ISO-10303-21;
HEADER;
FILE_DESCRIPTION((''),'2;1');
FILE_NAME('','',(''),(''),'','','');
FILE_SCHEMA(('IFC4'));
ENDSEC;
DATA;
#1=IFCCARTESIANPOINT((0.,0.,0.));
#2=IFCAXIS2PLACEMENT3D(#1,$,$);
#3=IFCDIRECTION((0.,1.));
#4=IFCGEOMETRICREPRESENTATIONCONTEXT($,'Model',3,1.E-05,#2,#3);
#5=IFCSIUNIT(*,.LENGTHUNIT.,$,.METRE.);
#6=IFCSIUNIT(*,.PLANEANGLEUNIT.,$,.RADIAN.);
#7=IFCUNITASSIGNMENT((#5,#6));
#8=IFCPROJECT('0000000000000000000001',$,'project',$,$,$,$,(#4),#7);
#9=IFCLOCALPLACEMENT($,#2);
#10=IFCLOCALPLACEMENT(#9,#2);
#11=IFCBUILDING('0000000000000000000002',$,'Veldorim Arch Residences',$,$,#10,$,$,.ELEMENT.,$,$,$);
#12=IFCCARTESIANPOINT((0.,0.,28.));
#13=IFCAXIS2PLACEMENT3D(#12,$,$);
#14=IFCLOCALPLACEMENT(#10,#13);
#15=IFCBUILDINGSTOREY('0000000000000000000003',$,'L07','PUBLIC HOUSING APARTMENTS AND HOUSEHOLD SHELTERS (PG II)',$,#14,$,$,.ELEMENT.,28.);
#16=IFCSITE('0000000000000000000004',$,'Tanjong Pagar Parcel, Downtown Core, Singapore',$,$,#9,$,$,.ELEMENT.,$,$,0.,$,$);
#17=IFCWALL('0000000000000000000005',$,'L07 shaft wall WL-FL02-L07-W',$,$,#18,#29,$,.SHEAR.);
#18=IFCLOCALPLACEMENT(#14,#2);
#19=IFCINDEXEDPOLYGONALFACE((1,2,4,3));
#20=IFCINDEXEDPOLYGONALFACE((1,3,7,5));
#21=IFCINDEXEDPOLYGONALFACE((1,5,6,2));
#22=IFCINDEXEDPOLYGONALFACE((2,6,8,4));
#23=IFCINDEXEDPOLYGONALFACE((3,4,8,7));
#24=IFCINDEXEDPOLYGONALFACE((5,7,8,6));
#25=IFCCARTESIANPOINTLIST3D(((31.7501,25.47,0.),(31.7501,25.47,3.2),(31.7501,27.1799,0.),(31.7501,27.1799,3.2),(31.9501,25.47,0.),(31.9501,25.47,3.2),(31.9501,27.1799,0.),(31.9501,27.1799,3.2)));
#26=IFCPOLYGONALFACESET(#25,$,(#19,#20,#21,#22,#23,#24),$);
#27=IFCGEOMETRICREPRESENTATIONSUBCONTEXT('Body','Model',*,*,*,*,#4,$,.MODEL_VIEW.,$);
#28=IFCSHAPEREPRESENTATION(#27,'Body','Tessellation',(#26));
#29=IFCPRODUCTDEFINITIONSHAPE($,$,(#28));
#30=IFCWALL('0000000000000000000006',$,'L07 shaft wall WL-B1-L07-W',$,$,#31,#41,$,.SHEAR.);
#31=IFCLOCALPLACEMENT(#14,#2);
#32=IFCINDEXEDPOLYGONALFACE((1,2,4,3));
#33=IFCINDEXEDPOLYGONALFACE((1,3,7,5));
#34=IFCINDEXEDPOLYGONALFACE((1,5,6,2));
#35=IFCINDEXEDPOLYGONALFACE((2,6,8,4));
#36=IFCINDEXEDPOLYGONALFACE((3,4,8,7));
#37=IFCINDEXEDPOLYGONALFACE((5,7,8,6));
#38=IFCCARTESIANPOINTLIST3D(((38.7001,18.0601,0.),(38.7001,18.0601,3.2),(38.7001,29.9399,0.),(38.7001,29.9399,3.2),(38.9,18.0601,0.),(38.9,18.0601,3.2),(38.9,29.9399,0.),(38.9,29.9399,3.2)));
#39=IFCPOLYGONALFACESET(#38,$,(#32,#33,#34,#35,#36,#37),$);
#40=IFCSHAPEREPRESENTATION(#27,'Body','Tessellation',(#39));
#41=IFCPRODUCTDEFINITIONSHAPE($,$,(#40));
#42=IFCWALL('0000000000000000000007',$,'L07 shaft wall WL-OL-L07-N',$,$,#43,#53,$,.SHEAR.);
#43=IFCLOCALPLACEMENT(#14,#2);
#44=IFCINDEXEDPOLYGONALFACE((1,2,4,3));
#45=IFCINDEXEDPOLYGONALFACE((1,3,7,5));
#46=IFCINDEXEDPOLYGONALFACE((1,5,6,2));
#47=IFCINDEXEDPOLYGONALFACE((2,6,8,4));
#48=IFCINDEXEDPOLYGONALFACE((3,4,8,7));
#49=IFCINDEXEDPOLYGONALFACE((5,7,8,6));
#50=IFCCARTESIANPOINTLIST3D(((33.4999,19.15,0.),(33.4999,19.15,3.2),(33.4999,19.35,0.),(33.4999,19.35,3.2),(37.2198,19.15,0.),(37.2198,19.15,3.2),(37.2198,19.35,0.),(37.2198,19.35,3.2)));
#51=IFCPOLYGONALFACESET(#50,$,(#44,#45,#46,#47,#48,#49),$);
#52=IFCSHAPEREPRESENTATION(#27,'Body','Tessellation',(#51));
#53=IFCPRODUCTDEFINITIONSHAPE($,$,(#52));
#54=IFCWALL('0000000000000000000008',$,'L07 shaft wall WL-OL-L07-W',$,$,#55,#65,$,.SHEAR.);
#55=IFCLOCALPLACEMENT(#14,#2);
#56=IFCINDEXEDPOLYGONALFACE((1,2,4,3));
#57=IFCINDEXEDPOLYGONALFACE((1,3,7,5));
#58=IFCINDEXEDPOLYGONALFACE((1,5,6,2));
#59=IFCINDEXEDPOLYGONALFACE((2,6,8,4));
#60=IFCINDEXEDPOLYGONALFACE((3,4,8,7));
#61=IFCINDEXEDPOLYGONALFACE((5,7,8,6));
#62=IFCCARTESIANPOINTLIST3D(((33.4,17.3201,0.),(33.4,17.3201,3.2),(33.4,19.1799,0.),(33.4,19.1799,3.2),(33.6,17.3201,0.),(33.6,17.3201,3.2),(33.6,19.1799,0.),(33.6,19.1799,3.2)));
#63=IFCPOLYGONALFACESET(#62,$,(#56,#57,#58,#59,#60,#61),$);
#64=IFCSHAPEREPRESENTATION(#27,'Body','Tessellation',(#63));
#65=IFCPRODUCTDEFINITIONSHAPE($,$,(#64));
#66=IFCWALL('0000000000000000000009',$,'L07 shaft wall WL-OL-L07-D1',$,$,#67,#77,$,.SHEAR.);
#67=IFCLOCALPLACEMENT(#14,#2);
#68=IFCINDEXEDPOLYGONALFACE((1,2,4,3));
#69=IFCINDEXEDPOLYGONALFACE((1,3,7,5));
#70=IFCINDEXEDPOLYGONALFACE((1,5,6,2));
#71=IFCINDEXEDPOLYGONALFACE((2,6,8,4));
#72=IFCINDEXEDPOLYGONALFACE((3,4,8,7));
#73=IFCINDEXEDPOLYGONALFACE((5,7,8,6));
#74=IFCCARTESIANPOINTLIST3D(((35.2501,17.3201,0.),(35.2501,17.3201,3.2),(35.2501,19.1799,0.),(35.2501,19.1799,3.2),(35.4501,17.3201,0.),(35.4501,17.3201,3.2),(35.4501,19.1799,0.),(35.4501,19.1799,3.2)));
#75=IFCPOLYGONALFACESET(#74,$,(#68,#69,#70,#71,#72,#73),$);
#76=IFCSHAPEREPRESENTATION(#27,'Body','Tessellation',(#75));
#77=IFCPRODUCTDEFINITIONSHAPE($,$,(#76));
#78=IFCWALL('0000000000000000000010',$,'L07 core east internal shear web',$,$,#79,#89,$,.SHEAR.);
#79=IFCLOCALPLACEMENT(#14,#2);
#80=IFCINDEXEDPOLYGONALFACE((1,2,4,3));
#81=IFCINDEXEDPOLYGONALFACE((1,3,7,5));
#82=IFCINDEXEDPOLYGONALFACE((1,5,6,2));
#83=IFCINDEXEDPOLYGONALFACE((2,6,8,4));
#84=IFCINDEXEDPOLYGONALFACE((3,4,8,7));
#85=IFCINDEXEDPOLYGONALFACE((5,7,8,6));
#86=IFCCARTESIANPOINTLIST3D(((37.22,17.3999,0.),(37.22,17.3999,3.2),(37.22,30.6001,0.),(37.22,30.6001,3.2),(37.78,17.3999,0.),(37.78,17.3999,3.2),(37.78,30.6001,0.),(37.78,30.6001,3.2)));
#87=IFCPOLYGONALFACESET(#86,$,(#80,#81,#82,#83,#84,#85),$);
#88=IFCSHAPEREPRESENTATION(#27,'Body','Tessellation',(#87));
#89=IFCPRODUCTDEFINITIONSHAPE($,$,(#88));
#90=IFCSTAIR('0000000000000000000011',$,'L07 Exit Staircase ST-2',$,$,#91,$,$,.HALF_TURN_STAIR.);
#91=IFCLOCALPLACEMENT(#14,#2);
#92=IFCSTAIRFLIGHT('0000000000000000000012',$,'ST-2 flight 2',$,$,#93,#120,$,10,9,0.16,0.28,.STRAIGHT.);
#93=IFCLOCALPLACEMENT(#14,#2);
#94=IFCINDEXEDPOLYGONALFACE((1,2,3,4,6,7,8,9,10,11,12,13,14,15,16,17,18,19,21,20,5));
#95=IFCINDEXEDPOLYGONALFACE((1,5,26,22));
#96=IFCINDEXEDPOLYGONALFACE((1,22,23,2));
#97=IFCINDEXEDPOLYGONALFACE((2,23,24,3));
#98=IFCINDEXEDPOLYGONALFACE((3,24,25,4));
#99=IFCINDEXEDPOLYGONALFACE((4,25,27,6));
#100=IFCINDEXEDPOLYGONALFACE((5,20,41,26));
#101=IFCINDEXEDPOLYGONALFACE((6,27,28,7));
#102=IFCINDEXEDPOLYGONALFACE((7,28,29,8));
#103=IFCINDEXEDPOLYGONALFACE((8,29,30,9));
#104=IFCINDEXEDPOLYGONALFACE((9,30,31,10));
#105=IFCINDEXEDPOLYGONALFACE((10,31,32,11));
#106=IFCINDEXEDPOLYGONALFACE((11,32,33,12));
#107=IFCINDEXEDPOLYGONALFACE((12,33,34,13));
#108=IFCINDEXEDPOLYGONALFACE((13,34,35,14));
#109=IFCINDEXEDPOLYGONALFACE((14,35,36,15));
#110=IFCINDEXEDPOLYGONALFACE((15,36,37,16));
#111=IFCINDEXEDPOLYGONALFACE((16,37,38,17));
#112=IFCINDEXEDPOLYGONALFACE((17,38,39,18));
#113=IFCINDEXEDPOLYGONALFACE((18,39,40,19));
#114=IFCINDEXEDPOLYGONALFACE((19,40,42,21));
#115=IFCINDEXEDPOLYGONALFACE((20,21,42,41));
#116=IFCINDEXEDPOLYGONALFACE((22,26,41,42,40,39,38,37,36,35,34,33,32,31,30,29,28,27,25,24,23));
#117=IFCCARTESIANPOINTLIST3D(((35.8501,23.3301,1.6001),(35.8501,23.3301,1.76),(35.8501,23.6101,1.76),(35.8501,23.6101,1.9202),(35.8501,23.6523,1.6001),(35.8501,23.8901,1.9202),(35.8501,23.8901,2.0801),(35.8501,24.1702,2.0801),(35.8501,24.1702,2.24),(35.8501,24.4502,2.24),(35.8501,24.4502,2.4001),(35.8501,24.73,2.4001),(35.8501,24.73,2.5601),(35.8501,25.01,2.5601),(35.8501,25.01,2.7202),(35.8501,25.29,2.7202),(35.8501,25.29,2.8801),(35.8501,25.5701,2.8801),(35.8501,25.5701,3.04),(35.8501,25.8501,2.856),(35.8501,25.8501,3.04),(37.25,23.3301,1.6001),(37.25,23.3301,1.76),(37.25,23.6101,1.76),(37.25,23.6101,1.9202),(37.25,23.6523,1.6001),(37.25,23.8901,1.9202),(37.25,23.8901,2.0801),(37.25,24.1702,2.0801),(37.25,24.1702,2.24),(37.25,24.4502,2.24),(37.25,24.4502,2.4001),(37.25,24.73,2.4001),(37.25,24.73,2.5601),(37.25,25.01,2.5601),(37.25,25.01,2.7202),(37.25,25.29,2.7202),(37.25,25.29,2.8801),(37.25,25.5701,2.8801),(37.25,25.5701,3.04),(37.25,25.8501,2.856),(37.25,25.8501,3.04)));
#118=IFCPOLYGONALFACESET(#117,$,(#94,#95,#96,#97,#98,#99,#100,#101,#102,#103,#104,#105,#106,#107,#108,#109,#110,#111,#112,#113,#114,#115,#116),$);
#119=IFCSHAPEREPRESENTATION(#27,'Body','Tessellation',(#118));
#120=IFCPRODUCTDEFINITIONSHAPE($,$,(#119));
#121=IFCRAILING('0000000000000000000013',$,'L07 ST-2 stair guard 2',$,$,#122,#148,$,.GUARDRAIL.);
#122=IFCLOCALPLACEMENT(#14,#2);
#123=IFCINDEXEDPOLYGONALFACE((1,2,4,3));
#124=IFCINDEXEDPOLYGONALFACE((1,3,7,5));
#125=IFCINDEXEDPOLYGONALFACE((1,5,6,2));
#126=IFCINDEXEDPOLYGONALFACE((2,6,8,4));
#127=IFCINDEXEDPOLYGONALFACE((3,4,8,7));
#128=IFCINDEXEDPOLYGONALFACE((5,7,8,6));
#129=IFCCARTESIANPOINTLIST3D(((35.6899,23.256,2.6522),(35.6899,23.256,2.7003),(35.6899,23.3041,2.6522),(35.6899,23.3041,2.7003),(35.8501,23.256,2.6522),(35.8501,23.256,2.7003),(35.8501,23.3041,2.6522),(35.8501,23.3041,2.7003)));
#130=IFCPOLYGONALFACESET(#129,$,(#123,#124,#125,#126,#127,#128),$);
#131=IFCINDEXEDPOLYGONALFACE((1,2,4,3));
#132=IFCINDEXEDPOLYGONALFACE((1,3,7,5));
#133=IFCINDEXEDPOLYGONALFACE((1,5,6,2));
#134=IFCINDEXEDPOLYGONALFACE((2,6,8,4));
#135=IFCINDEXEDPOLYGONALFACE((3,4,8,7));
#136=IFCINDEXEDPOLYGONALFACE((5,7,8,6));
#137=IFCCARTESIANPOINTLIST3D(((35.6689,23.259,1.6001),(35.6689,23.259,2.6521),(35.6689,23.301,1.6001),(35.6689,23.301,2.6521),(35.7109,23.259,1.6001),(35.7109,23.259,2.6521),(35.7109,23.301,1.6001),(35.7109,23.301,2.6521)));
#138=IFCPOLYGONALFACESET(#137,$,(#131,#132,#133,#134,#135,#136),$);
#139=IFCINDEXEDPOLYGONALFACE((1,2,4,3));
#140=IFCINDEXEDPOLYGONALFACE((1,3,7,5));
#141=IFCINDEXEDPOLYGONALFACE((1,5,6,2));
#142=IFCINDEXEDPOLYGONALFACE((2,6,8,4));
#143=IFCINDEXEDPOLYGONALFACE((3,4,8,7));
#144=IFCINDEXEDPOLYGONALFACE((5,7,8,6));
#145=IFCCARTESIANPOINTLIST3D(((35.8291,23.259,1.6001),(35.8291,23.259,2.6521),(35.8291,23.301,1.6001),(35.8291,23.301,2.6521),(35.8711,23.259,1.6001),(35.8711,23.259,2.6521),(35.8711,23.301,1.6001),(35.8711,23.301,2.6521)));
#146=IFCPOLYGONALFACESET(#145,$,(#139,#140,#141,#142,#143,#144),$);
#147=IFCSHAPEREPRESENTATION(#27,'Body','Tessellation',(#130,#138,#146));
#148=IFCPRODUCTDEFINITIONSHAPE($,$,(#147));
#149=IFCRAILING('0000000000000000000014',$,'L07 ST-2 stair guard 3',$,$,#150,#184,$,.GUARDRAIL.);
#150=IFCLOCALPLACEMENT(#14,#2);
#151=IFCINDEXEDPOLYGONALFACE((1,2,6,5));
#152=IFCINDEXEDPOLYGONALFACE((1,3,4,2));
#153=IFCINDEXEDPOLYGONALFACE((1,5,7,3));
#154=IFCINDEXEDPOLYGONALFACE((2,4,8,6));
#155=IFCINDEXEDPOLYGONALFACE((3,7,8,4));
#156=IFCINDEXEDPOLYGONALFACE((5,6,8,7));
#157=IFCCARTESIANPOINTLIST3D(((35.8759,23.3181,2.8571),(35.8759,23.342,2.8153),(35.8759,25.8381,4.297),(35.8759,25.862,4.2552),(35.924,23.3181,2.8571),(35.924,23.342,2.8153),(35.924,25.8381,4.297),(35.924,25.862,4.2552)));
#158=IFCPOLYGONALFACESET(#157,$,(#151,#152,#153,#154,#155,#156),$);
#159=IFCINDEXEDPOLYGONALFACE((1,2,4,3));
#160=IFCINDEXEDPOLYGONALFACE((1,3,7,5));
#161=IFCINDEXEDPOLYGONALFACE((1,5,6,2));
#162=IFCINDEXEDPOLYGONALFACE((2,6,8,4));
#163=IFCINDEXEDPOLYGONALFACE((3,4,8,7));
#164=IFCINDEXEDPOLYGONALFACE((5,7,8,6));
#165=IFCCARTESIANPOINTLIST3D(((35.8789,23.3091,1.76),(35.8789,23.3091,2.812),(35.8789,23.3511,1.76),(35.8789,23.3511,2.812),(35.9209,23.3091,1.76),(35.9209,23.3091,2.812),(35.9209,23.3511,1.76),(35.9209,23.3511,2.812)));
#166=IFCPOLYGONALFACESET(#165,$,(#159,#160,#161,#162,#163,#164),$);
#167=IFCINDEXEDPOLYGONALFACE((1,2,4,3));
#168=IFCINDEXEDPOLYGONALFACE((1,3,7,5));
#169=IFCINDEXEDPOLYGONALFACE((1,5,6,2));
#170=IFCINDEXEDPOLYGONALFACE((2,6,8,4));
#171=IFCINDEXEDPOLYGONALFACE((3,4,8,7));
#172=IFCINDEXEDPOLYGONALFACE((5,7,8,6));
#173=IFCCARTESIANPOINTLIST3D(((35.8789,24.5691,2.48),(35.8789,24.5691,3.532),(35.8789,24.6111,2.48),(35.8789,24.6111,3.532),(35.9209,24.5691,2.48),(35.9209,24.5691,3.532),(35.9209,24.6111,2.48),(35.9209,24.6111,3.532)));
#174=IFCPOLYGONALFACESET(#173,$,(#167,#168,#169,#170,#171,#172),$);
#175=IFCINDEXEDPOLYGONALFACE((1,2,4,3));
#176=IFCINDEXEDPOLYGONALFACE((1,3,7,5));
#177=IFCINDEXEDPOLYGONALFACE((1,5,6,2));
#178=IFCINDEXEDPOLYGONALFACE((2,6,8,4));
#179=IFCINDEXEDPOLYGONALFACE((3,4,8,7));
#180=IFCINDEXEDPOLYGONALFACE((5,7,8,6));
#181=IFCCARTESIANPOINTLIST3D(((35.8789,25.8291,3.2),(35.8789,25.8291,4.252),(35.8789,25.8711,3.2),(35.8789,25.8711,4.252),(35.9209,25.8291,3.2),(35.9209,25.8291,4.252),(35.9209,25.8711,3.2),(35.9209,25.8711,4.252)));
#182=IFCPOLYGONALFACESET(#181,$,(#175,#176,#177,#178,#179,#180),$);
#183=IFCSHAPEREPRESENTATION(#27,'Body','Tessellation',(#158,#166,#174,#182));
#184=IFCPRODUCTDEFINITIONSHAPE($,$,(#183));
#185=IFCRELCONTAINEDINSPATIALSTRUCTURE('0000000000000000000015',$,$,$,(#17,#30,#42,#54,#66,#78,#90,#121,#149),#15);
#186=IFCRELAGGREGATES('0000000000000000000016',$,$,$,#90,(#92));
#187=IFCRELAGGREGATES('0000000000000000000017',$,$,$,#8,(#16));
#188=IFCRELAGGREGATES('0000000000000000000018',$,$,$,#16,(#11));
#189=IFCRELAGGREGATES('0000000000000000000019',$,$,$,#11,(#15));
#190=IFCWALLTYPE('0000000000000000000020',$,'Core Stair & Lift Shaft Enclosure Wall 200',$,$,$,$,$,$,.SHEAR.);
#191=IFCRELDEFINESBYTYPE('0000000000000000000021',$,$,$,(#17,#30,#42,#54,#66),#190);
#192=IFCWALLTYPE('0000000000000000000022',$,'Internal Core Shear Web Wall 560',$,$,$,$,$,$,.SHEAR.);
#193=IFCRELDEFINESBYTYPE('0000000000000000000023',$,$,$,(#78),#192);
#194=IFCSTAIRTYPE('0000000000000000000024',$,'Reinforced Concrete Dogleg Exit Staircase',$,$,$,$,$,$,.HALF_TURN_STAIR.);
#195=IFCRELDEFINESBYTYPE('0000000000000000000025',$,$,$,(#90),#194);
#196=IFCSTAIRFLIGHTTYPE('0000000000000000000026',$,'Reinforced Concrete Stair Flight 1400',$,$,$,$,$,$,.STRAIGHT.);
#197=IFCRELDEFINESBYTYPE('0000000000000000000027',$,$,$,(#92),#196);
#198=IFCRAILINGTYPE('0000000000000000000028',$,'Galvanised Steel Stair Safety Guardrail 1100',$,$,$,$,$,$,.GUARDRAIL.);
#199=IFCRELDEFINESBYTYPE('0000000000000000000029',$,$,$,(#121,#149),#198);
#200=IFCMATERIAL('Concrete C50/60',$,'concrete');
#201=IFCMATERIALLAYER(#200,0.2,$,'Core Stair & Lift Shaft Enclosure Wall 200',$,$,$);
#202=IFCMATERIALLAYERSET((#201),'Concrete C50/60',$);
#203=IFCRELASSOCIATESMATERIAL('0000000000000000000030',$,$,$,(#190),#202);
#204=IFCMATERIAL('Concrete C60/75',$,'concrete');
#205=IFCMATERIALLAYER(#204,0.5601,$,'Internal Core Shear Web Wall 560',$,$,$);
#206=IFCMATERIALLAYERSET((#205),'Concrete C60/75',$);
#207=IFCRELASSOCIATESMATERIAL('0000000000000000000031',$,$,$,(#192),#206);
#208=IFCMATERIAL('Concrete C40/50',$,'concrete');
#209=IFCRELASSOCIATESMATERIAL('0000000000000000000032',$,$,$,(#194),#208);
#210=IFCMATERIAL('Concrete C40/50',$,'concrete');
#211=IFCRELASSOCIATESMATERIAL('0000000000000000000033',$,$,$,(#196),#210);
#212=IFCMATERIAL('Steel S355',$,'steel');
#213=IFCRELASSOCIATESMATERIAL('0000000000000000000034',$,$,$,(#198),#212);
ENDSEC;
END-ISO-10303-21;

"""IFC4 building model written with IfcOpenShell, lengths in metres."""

from ifc_helpers import new_model, si_unit, direction, frame, frame_2d, origin, origin_2d, place, context, subcontext, project, spatial, polyline, rectangle, outline, extrude, material, layer, layer_set, type_object, element, aggregate, save


model = new_model("IFC4")

# Units and contexts
model_context = context("Model", 3, precision=1e-05, world=origin(), true_north=direction((0.0, 1.0)))
body_context = subcontext(model_context, "Body", "Model", "MODEL_VIEW")
ifc_project = project(units=[si_unit("LENGTHUNIT", "METRE"), si_unit("PLANEANGLEUNIT", "RADIAN")], contexts=[model_context])

# Site, building, storey
site_placement = place(None, origin())
site = spatial("IfcSite", under=ifc_project, at=site_placement, Name="Tanjong Pagar Parcel, Downtown Core, Singapore", CompositionType="ELEMENT", RefElevation=0.0)
building_placement = place(site_placement, origin())
building = spatial("IfcBuilding", under=site, at=building_placement, Name="Veldorim Arch Residences", CompositionType="ELEMENT")
storey_placement = place(building_placement, frame((0.0, 0.0, 28.0)))
storey = spatial("IfcBuildingStorey", under=building, at=storey_placement, Name="L07", Description="PUBLIC HOUSING APARTMENTS AND HOUSEHOLD SHELTERS (PG II)", CompositionType="ELEMENT", Elevation=28.0)

# Shared definitions
ifc_material_1 = material(Name="Concrete C50/60", Category="concrete")
ifc_layer_1 = layer(ifc_material_1, 0.2, Name="Core Stair & Lift Shaft Enclosure Wall 200")
ifc_layer_set_1 = layer_set([ifc_layer_1], Name="Concrete C50/60")
wall_type_1 = type_object("IfcWallType", Name="Core Stair & Lift Shaft Enclosure Wall 200", PredefinedType="SHEAR", material=ifc_layer_set_1)

# Walls
wall_1_placement = place(storey_placement, frame((31.8501, 25.47, 0.0), z_axis=(0.0, 0.0, 1.0), x_axis=(0.0, 1.0, 0.0)))
element("IfcWall", 1, at=wall_1_placement, inside=storey, type_object=wall_type_1, Name="L07 shaft wall WL-FL02-L07-W", PredefinedType="SHEAR", context=body_context, shape_type="SweptSolid", body=[
    extrude(rectangle(XDim=1.71, YDim=0.2, at=frame_2d((0.855, 0.0))), origin(), (0.0, 0.0, 1.0), 3.2),
])
wall_2_placement = place(storey_placement, frame((38.8, 18.0601, 0.0), z_axis=(0.0, 0.0, 1.0), x_axis=(0.0, 1.0, 0.0)))
element("IfcWall", 2, at=wall_2_placement, inside=storey, type_object=wall_type_1, Name="L07 shaft wall WL-B1-L07-W", PredefinedType="SHEAR", context=body_context, shape_type="SweptSolid", body=[
    extrude(rectangle(XDim=11.8799, YDim=0.2, at=frame_2d((5.9399, 0.0))), origin(), (0.0, 0.0, 1.0), 3.2),
])
wall_3_placement = place(storey_placement, frame((33.5, 19.25, 0.0), z_axis=(0.0, 0.0, 1.0), x_axis=(1.0, 0.0, 0.0)))
element("IfcWall", 3, at=wall_3_placement, inside=storey, type_object=wall_type_1, Name="L07 shaft wall WL-OL-L07-N", PredefinedType="SHEAR", context=body_context, shape_type="SweptSolid", body=[
    extrude(rectangle(XDim=3.72, YDim=0.2, at=frame_2d((1.8599, 0.0))), origin(), (0.0, 0.0, 1.0), 3.2),
])
for number, where, z_axis, x_axis, name in (
    (4, (33.5, 17.3201, 0.0), (0.0, 0.0, 1.0), (0.0, 1.0, 0.0), "L07 shaft wall WL-OL-L07-W"),
    (5, (35.3501, 17.3201, 0.0), (0.0, 0.0, 1.0), (0.0, 1.0, 0.0), "L07 shaft wall WL-OL-L07-D1"),
):
    element("IfcWall", number, at=place(storey_placement, frame(where, z_axis=z_axis, x_axis=x_axis)), inside=storey, type_object=wall_type_1, Name=name, PredefinedType="SHEAR", context=body_context, shape_type="SweptSolid", body=[
        extrude(rectangle(XDim=1.8599, YDim=0.2, at=frame_2d((0.9299, 0.0))), origin(), (0.0, 0.0, 1.0), 3.2),
    ])
ifc_material_2 = material(Name="Concrete C60/75", Category="concrete")
ifc_layer_2 = layer(ifc_material_2, 0.5601, Name="Internal Core Shear Web Wall 560")
ifc_layer_set_2 = layer_set([ifc_layer_2], Name="Concrete C60/75")
wall_type_2 = type_object("IfcWallType", Name="Internal Core Shear Web Wall 560", PredefinedType="SHEAR", material=ifc_layer_set_2)
wall_4_placement = place(storey_placement, frame((37.5, 17.3999, 0.0), z_axis=(0.0, 0.0, 1.0), x_axis=(0.0, 1.0, 0.0)))
element("IfcWall", 6, at=wall_4_placement, inside=storey, type_object=wall_type_2, Name="L07 core east internal shear web", PredefinedType="SHEAR", context=body_context, shape_type="SweptSolid", body=[
    extrude(rectangle(XDim=13.2002, YDim=0.5601, at=frame_2d((6.6001, 0.0))), origin(), (0.0, 0.0, 1.0), 3.2),
])

# Stair, stair flight
ifc_material_3 = material(Name="Concrete C40/50", Category="concrete")
stair_type = type_object("IfcStairType", Name="Reinforced Concrete Dogleg Exit Staircase", PredefinedType="HALF_TURN_STAIR", material=ifc_material_3)
stair_placement = place(storey_placement, origin())
stair = element("IfcStair", 7, at=stair_placement, inside=storey, type_object=stair_type, Name="L07 Exit Staircase ST-2", PredefinedType="HALF_TURN_STAIR")
ifc_material_4 = material(Name="Concrete C40/50", Category="concrete")
stair_flight_type = type_object("IfcStairFlightType", Name="Reinforced Concrete Stair Flight 1400", PredefinedType="STRAIGHT", material=ifc_material_4)
stair_flight_placement = place(storey_placement, frame((36.55, 23.3301, 1.6001), z_axis=(0.0, 0.0, 1.0), x_axis=(0.0, 1.0, 0.0)))
stair_flight = element("IfcStairFlight", 8, at=stair_flight_placement, type_object=stair_flight_type, Name="ST-2 flight 2", NumberOfRisers=10, NumberOfTreads=9, PredefinedType="STRAIGHT", RiserHeight=0.16, TreadLength=0.28, context=body_context, shape_type="SweptSolid", body=[
    extrude(outline(polyline([(0.0, 0.0), (0.0, 0.1599), (0.28, 0.1599), (0.28, 0.3201), (0.5601, 0.3201), (0.5601, 0.48), (0.8401, 0.48), (0.8401, 0.6399), (1.1201, 0.6399), (1.1201, 0.8), (1.3999, 0.8), (1.3999, 0.96), (1.6799, 0.96), (1.6799, 1.1201), (1.96, 1.1201), (1.96, 1.28), (2.24, 1.28), (2.24, 1.4399), (2.52, 1.4399), (2.52, 1.6001), (2.52, 1.2559), (0.3223, 0.0), (0.0, 0.0)])), frame((0.0, 0.7, 0.0), z_axis=(0.0, -1.0, 0.0), x_axis=(1.0, 0.0, 0.0)), (0.0, 0.0, 1.0), 1.3999),
])
aggregate(stair, [stair_flight])

# Railings
ifc_material_5 = material(Name="Steel S355", Category="steel")
railing_type_1 = type_object("IfcRailingType", Name="Galvanised Steel Stair Safety Guardrail 1100", PredefinedType="GUARDRAIL", material=ifc_material_5)
railing_1_placement = place(storey_placement, frame((35.6899, 23.28, 1.6001)))
element("IfcRailing", 9, at=railing_1_placement, inside=storey, type_object=railing_type_1, Name="L07 ST-2 stair guard 2", PredefinedType="GUARDRAIL", context=body_context, shape_type="SweptSolid", body=[
    extrude(rectangle(XDim=0.0481, YDim=0.0481, at=origin_2d()), frame((0.0, 0.0, 1.0762), z_axis=(1.0, 0.0, 0.0), x_axis=(0.0, 1.0, 0.0)), (0.0, 0.0, 1.0), 0.1602),
    extrude(rectangle(XDim=0.042, YDim=0.042, at=origin_2d()), origin(), (0.0, 0.0, 1.0), 1.052),
    extrude(rectangle(XDim=0.042, YDim=0.042, at=origin_2d()), frame((0.1602, 0.0, 0.0)), (0.0, 0.0, 1.0), 1.052),
])
railing_2_placement = place(storey_placement, frame((35.8999, 23.3301, 1.76)))
element("IfcRailing", 10, at=railing_2_placement, inside=storey, type_object=railing_type_1, Name="L07 ST-2 stair guard 3", PredefinedType="GUARDRAIL", context=body_context, shape_type="SweptSolid", body=[
    extrude(rectangle(XDim=0.0481, YDim=0.0481, at=origin_2d()), frame((0.0, 0.0, 1.0762), z_axis=(0.0, 0.868253, 0.496121), x_axis=(-1.0, 0.0, 0.0)), (0.0, 0.0, 1.0), 2.9023),
    extrude(rectangle(XDim=0.042, YDim=0.042, at=origin_2d()), origin(), (0.0, 0.0, 1.0), 1.052),
    extrude(rectangle(XDim=0.042, YDim=0.042, at=origin_2d()), frame((0.0, 1.26, 0.72)), (0.0, 0.0, 1.0), 1.052),
    extrude(rectangle(XDim=0.042, YDim=0.042, at=origin_2d()), frame((0.0, 2.52, 1.4399)), (0.0, 0.0, 1.0), 1.052),
])

save(model, "model.ifc")
